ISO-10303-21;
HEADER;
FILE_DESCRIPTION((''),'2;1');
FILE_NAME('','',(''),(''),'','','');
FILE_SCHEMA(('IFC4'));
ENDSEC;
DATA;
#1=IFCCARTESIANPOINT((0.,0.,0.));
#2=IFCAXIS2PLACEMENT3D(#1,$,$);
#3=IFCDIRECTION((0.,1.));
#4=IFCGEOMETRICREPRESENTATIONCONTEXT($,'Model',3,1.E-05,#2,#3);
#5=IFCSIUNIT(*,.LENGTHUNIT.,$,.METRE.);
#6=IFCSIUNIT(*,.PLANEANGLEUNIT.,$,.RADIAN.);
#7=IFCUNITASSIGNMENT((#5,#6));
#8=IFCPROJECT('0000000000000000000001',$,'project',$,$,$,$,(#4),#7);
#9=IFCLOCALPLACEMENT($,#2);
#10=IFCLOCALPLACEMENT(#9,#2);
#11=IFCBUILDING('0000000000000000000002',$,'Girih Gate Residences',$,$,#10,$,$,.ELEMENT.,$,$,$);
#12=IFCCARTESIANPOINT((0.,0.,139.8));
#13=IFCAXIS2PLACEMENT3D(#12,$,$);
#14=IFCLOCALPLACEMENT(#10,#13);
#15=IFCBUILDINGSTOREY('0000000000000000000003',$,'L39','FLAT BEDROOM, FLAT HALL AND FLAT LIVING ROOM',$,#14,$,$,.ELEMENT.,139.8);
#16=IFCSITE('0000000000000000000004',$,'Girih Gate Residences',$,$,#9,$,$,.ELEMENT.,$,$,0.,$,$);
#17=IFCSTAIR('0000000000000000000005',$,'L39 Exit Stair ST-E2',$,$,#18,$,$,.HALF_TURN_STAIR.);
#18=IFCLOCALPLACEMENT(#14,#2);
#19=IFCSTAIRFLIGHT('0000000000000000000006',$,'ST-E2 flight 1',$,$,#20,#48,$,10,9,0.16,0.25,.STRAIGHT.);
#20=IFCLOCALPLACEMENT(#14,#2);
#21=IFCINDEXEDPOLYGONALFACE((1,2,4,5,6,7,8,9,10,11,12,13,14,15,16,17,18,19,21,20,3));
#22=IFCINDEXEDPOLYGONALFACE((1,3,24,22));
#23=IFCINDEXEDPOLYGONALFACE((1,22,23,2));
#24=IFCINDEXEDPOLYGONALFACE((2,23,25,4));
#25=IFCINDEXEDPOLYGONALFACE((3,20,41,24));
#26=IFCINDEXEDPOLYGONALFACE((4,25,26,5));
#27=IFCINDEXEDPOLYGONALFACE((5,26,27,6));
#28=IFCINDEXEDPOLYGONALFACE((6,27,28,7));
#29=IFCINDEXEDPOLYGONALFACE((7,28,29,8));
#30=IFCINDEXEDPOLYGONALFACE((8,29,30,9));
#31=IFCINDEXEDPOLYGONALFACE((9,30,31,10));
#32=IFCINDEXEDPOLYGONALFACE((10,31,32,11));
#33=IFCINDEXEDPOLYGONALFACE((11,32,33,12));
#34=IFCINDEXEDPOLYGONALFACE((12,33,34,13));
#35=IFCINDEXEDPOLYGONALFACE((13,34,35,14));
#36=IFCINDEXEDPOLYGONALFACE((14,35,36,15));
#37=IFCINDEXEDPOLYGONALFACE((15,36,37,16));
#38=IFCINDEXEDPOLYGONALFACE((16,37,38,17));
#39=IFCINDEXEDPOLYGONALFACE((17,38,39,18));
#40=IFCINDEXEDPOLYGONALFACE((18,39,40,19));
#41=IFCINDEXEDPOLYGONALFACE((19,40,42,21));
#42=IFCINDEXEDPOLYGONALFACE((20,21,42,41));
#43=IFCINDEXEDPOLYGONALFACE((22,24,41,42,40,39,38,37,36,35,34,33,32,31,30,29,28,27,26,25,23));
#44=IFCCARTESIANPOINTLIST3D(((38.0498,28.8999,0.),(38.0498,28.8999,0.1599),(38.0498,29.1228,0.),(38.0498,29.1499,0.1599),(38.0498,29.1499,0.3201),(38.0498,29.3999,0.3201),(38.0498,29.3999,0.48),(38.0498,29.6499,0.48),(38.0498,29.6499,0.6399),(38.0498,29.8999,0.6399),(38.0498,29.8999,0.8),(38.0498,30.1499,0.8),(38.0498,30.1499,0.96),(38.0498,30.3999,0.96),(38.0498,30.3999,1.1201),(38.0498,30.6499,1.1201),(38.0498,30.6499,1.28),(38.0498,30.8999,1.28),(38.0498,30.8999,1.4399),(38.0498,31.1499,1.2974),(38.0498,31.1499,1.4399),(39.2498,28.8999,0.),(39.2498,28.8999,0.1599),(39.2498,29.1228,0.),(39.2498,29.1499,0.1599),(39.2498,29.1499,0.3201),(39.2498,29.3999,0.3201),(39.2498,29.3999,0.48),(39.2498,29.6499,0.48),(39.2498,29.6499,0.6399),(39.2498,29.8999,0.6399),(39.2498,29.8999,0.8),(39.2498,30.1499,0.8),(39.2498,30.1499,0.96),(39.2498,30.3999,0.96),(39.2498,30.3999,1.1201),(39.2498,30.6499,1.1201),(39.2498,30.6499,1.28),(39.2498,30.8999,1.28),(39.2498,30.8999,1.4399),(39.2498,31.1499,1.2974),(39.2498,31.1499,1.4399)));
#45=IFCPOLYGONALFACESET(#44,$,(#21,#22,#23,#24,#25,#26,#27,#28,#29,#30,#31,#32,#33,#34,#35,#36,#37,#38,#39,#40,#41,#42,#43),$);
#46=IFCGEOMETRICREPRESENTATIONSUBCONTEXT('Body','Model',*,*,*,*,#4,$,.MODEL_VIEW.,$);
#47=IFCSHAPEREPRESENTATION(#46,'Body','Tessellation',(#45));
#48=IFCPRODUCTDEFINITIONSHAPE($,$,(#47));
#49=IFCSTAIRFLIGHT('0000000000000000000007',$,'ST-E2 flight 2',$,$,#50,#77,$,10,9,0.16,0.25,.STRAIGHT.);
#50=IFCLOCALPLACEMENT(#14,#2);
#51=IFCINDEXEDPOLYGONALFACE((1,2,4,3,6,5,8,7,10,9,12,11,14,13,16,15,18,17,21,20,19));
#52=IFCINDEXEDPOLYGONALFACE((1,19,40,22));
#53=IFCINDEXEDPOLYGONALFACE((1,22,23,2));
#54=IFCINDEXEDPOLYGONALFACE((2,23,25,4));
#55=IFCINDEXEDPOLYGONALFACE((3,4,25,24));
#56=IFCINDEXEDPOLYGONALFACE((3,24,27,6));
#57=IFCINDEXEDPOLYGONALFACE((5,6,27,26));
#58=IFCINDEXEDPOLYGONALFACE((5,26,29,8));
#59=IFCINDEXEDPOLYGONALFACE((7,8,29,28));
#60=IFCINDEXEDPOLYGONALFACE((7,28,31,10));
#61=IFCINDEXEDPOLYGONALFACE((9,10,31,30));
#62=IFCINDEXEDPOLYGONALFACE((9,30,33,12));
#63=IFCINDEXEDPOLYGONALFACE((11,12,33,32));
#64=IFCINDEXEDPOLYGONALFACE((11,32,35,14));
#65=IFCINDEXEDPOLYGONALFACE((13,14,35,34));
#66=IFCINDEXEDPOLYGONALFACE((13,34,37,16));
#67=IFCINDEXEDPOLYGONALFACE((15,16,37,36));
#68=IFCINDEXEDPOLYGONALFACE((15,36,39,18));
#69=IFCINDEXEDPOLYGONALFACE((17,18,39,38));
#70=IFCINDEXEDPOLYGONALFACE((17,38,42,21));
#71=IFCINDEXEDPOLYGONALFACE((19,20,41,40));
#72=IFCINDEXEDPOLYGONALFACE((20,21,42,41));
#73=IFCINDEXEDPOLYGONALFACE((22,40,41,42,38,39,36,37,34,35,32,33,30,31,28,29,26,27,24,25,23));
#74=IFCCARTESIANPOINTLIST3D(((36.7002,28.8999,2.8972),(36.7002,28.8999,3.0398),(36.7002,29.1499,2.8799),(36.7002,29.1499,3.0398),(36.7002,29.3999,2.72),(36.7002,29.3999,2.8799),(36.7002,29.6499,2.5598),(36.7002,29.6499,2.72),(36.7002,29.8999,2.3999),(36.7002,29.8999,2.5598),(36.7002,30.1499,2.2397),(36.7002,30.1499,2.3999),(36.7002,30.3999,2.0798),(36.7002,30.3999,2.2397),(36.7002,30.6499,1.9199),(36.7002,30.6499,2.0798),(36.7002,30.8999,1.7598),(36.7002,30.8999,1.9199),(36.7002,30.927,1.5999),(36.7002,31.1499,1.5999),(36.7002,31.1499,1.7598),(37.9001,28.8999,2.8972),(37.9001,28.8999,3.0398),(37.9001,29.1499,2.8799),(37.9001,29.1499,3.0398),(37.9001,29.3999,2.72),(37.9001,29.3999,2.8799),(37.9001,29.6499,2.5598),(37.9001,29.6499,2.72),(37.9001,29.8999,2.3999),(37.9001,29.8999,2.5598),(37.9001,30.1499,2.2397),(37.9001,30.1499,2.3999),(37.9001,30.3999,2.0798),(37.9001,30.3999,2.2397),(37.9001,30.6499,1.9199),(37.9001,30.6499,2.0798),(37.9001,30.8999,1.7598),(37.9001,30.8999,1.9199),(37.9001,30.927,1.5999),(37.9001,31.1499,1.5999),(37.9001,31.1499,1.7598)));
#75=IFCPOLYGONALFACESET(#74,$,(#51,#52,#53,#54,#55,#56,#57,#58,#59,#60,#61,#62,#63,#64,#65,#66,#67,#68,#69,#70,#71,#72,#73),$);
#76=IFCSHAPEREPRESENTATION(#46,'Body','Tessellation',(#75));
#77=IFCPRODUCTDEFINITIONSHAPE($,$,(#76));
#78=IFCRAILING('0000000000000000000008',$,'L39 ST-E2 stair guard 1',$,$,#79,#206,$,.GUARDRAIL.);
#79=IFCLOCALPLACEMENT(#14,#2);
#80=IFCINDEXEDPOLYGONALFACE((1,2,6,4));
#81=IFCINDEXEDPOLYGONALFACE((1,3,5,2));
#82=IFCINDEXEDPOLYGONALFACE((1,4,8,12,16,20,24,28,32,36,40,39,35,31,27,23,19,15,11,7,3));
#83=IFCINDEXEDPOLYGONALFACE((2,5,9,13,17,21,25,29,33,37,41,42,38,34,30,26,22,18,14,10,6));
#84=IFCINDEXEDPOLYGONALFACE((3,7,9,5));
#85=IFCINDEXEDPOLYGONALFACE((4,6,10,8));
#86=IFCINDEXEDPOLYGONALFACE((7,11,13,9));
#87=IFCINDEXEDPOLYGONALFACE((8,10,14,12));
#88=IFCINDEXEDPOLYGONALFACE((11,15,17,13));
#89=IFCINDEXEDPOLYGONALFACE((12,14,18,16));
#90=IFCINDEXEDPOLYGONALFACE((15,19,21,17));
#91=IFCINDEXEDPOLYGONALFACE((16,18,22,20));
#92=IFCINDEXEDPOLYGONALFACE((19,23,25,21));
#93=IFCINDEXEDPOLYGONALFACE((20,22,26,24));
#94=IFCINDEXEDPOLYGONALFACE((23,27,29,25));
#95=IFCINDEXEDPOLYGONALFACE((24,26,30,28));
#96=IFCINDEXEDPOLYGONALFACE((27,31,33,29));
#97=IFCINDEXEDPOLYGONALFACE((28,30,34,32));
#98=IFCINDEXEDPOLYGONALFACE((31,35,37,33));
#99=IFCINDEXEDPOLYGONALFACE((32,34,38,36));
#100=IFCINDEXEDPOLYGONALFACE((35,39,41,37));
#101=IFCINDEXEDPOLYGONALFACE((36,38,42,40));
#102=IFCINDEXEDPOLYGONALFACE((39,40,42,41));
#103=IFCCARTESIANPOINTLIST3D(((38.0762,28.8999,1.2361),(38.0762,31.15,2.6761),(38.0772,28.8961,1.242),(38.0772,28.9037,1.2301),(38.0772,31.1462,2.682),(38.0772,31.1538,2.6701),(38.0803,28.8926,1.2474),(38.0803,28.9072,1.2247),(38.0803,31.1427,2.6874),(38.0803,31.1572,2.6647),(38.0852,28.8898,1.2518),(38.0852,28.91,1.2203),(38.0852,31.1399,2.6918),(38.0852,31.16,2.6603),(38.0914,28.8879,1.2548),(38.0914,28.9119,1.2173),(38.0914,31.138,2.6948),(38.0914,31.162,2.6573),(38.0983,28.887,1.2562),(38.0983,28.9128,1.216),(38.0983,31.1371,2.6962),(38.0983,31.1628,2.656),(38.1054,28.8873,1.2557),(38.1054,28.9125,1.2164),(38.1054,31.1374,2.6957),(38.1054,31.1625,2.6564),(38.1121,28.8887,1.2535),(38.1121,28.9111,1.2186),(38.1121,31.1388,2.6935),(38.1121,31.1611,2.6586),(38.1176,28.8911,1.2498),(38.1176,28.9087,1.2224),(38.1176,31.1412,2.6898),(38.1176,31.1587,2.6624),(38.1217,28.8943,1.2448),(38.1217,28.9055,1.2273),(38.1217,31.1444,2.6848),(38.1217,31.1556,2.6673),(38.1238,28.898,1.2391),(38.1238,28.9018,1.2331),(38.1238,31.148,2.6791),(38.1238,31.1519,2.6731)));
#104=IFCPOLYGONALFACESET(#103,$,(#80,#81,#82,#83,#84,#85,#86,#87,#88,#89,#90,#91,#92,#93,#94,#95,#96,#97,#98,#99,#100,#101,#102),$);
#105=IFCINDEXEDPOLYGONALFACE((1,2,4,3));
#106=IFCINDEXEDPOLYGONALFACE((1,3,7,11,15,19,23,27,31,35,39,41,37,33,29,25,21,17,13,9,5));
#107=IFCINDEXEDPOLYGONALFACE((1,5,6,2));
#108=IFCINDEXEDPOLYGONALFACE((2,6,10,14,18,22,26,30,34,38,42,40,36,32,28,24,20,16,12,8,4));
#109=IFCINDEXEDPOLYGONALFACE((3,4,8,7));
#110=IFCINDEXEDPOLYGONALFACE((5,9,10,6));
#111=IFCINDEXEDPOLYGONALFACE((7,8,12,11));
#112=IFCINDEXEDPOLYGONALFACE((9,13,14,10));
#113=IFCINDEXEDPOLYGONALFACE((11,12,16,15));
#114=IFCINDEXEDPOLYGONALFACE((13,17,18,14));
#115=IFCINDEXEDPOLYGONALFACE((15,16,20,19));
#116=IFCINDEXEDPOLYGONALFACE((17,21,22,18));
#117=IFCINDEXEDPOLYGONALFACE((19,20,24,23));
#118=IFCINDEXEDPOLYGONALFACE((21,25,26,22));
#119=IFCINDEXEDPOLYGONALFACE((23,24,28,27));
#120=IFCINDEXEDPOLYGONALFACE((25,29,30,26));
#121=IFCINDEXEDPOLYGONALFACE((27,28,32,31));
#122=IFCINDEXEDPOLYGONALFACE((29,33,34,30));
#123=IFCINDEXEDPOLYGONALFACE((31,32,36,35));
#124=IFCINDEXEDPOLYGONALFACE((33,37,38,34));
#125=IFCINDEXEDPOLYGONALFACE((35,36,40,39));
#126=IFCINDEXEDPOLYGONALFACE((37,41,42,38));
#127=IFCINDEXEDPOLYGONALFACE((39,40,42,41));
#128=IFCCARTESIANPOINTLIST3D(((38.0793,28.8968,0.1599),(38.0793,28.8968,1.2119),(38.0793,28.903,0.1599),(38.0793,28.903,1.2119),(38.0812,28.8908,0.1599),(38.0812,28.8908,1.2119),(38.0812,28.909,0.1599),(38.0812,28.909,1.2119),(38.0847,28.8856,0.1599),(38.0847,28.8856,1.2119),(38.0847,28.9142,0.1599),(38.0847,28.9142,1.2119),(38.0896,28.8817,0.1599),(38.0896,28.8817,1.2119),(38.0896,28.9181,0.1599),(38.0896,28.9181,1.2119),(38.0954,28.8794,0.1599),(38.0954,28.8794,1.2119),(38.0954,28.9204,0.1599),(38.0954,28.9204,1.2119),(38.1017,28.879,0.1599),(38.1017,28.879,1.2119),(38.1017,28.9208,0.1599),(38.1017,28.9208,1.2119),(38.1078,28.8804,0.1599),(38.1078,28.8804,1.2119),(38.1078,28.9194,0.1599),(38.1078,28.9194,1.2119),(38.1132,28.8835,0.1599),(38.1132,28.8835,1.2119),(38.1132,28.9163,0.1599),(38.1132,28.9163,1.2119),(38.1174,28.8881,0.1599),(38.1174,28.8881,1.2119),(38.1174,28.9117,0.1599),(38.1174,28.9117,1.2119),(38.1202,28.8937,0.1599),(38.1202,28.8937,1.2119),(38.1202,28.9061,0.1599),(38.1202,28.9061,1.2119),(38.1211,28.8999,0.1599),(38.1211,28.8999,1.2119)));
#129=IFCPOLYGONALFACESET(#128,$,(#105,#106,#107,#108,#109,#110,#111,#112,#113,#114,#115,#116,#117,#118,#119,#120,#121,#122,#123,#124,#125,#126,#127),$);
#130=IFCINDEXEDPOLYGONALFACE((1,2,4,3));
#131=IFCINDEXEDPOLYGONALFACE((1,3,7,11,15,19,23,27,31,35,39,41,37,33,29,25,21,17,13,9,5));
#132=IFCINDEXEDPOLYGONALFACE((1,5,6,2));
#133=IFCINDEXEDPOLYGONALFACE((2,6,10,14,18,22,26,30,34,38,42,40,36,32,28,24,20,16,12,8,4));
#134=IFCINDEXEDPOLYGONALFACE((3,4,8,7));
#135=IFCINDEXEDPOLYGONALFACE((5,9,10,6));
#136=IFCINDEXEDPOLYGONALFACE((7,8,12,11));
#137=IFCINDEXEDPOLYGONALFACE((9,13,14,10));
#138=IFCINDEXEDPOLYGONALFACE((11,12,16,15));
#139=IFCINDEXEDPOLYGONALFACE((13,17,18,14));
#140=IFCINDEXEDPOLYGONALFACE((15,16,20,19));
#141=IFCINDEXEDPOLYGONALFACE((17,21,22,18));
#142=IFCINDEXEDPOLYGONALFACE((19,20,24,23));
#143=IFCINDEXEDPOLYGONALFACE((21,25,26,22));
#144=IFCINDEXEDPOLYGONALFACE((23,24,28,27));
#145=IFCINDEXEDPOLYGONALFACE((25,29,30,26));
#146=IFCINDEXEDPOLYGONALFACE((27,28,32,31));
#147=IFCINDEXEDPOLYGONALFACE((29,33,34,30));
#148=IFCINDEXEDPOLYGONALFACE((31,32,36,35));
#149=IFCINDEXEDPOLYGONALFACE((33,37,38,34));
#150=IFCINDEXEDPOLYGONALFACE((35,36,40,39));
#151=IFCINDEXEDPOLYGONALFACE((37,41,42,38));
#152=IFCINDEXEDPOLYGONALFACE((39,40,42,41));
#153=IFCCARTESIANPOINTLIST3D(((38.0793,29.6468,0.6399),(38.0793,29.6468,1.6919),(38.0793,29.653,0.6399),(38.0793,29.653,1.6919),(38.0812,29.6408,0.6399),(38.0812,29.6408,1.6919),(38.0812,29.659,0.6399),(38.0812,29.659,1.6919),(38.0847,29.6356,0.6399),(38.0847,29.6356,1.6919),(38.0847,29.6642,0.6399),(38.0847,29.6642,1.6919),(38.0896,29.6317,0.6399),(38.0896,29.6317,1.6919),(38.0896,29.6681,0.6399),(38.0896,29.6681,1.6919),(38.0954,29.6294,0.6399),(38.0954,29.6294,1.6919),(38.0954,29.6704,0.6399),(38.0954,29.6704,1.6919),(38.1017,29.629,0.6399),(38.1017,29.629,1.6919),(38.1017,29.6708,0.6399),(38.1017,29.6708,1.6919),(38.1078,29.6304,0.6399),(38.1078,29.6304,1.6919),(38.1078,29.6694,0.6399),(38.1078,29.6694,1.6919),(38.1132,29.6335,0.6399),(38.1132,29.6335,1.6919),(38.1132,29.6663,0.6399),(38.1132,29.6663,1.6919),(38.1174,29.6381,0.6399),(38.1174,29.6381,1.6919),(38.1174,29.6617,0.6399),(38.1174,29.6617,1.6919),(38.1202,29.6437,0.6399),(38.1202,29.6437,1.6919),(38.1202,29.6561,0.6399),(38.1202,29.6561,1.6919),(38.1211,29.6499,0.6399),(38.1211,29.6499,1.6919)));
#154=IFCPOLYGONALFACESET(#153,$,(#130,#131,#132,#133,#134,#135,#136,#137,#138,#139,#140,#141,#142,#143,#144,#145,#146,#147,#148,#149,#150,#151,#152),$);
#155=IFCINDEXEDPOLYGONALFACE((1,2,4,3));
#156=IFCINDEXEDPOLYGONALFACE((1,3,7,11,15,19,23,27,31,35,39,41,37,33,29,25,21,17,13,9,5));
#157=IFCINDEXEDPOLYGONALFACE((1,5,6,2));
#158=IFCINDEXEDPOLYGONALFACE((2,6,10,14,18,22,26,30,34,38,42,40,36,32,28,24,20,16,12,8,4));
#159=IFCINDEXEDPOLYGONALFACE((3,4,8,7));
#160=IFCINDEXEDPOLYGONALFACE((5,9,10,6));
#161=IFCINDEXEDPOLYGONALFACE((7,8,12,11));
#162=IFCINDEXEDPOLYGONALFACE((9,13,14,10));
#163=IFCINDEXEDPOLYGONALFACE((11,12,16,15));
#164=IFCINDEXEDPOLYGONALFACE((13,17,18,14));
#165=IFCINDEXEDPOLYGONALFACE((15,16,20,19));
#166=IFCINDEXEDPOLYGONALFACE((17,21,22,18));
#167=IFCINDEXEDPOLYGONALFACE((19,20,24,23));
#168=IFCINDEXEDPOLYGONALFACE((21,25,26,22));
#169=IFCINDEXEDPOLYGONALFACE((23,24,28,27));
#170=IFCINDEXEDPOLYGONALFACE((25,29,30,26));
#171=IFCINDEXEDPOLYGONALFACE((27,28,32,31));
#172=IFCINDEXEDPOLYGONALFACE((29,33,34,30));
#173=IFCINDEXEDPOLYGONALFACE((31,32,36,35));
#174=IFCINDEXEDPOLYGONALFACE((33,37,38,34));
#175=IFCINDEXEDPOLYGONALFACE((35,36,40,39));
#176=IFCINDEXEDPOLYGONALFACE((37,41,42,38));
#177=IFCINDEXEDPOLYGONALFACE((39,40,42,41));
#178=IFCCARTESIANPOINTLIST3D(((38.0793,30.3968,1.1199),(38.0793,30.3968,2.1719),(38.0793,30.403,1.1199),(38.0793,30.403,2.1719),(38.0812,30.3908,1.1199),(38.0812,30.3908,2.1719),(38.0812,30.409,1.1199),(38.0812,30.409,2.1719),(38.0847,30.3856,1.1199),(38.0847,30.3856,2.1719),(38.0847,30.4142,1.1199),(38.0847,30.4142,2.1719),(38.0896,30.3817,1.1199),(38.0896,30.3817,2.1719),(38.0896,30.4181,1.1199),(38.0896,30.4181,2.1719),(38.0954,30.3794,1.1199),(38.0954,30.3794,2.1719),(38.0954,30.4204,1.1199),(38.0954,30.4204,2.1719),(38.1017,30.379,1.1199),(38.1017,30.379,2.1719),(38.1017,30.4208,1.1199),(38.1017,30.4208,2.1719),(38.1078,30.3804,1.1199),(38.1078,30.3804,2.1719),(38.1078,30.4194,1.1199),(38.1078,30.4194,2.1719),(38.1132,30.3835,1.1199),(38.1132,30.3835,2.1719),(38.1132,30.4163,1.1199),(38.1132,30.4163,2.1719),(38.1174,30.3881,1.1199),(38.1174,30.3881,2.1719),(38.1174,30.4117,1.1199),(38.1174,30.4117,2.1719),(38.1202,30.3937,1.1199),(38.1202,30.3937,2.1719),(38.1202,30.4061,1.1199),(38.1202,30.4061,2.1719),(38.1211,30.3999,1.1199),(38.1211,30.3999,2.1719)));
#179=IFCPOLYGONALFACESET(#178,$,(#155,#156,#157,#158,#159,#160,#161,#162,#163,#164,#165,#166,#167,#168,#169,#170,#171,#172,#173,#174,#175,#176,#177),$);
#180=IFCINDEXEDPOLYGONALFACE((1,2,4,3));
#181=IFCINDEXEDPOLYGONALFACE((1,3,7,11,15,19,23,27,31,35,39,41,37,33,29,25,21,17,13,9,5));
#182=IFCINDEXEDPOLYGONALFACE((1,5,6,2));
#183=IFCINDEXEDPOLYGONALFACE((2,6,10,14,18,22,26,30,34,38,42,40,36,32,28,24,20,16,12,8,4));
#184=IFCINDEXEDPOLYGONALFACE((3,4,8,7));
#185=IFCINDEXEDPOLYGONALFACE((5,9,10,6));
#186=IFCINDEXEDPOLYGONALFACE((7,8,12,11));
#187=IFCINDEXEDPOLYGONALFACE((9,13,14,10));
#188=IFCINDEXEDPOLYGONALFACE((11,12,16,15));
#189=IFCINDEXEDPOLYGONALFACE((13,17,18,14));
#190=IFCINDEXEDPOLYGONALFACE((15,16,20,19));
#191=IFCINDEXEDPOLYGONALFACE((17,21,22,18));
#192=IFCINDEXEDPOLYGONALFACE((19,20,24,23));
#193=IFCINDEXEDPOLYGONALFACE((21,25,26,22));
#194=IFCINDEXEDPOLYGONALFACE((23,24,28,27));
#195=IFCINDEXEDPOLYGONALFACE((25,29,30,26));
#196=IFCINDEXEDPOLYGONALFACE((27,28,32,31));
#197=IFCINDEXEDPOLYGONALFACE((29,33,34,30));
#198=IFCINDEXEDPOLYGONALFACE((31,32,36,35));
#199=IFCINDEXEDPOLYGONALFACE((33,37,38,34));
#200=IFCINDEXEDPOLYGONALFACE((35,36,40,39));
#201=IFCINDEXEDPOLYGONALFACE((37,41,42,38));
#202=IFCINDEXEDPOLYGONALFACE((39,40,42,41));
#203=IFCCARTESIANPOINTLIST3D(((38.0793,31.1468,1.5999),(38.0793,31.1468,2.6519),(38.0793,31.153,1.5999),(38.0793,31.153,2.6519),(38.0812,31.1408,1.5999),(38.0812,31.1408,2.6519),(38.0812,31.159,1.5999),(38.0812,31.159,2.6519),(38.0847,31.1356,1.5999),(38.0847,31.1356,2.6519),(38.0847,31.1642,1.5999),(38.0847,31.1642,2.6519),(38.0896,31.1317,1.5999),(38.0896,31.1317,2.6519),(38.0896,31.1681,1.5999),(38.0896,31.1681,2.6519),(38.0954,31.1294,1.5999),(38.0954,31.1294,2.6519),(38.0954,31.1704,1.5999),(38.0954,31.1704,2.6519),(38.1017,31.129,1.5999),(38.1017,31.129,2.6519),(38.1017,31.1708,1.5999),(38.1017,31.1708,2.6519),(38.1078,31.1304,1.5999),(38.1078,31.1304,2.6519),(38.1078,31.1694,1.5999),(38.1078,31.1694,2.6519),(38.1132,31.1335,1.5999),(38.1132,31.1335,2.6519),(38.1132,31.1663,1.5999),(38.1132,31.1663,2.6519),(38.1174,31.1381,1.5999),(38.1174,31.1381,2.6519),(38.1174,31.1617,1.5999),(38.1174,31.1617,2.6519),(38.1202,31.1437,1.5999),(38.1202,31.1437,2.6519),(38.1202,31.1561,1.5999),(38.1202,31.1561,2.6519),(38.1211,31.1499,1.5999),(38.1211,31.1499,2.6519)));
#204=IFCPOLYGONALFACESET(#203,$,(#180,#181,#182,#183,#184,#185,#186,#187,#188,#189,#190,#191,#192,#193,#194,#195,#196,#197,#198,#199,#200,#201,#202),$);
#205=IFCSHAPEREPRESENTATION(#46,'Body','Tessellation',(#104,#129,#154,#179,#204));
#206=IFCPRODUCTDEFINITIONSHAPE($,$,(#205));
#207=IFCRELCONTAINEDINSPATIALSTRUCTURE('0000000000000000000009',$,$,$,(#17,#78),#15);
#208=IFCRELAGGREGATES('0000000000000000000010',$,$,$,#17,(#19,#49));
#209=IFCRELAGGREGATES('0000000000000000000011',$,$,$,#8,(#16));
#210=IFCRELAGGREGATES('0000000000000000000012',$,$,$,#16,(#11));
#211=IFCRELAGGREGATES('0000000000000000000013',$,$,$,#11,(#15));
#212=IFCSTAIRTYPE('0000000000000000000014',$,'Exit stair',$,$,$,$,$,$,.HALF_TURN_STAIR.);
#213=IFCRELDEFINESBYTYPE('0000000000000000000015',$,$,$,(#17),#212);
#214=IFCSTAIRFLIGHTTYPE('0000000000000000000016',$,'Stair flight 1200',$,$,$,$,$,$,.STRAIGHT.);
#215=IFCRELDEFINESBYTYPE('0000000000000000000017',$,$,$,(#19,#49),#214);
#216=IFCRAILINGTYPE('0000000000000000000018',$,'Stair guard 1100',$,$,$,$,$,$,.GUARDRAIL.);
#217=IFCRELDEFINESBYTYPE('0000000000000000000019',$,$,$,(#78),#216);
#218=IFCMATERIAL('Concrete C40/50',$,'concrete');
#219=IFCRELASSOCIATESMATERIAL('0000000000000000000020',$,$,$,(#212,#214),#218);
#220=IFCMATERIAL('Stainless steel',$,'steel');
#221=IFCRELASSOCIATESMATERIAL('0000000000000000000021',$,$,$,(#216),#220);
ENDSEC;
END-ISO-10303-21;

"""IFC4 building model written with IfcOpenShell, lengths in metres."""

from ifc_helpers import new_model, si_unit, direction, frame, origin, origin_2d, place, context, subcontext, project, spatial, polyline, circle, outline, extrude, material, type_object, element, aggregate, save


model = new_model("IFC4")

# Units and contexts
model_context = context("Model", 3, precision=1e-05, world=origin(), true_north=direction((0.0, 1.0)))
body_context = subcontext(model_context, "Body", "Model", "MODEL_VIEW")
ifc_project = project(units=[si_unit("LENGTHUNIT", "METRE"), si_unit("PLANEANGLEUNIT", "RADIAN")], contexts=[model_context])

# Site, building, storey
site_placement = place(None, origin())
site = spatial("IfcSite", under=ifc_project, at=site_placement, Name="Girih Gate Residences", CompositionType="ELEMENT", RefElevation=0.0)
building_placement = place(site_placement, origin())
building = spatial("IfcBuilding", under=site, at=building_placement, Name="Girih Gate Residences", CompositionType="ELEMENT")
storey_placement = place(building_placement, frame((0.0, 0.0, 139.8)))
storey = spatial("IfcBuildingStorey", under=building, at=storey_placement, Name="L39", Description="FLAT BEDROOM, FLAT HALL AND FLAT LIVING ROOM", CompositionType="ELEMENT", Elevation=139.8)

# Shared definitions
ifc_material_1 = material(Name="Concrete C40/50", Category="concrete")

# Stair, stair flights
stair_type = type_object("IfcStairType", Name="Exit stair", PredefinedType="HALF_TURN_STAIR", material=ifc_material_1)
stair_placement = place(storey_placement, origin())
stair = element("IfcStair", 1, at=stair_placement, inside=storey, type_object=stair_type, Name="L39 Exit Stair ST-E2", PredefinedType="HALF_TURN_STAIR")
stair_flight_type = type_object("IfcStairFlightType", Name="Stair flight 1200", PredefinedType="STRAIGHT", material=ifc_material_1)
stair_flight_1_placement = place(storey_placement, frame((38.6499, 28.8999, 0.0), z_axis=(0.0, 0.0, 1.0), x_axis=(0.0, 1.0, 0.0)))
stair_flight_1 = element("IfcStairFlight", 2, at=stair_flight_1_placement, type_object=stair_flight_type, Name="ST-E2 flight 1", NumberOfRisers=10, NumberOfTreads=9, PredefinedType="STRAIGHT", RiserHeight=0.16, TreadLength=0.25, context=body_context, shape_type="SweptSolid", body=[
    extrude(outline(polyline([(0.0, 0.0), (0.0, 0.1599), (0.25, 0.1599), (0.25, 0.3201), (0.5, 0.3201), (0.5, 0.48), (0.75, 0.48), (0.75, 0.6399), (1.0, 0.6399), (1.0, 0.8), (1.25, 0.8), (1.25, 0.96), (1.5, 0.96), (1.5, 1.1201), (1.75, 1.1201), (1.75, 1.28), (2.0, 1.28), (2.0, 1.4399), (2.25, 1.4399), (2.25, 1.6001), (2.25, 1.2974), (0.2229, 0.0), (0.0, 0.0)])), frame((0.0, 0.6001, 0.0), z_axis=(0.0, -1.0, 0.0), x_axis=(1.0, 0.0, 0.0)), (0.0, 0.0, 1.0), 1.2),
])
stair_flight_2_placement = place(storey_placement, frame((37.3, 31.1499, 1.5999), z_axis=(0.0, 0.0, 1.0), x_axis=(0.0, -1.0, 0.0)))
stair_flight_2 = element("IfcStairFlight", 3, at=stair_flight_2_placement, type_object=stair_flight_type, Name="ST-E2 flight 2", NumberOfRisers=10, NumberOfTreads=9, PredefinedType="STRAIGHT", RiserHeight=0.16, TreadLength=0.25, context=body_context, shape_type="SweptSolid", body=[
    extrude(outline(polyline([(0.0, 0.0), (0.0, 0.1599), (0.25, 0.1599), (0.25, 0.3201), (0.5, 0.3201), (0.5, 0.48), (0.75, 0.48), (0.75, 0.6399), (1.0, 0.6399), (1.0, 0.8), (1.25, 0.8), (1.25, 0.96), (1.5, 0.96), (1.5, 1.1201), (1.75, 1.1201), (1.75, 1.28), (2.0, 1.28), (2.0, 1.4399), (2.25, 1.4399), (2.25, 1.6001), (2.25, 1.2974), (0.2229, 0.0), (0.0, 0.0)])), frame((0.0, 0.6001, 0.0), z_axis=(0.0, -1.0, 0.0), x_axis=(1.0, 0.0, 0.0)), (0.0, 0.0, 1.0), 1.2),
])
aggregate(stair, [stair_flight_1, stair_flight_2])

# Railing
ifc_material_2 = material(Name="Stainless steel", Category="steel")
railing_type_1 = type_object("IfcRailingType", Name="Stair guard 1100", PredefinedType="GUARDRAIL", material=ifc_material_2)
railing_1_placement = place(storey_placement, frame((38.1001, 28.8999, 0.1599)))
element("IfcRailing", 4, at=railing_1_placement, inside=storey, type_object=railing_type_1, Name="L39 ST-E2 stair guard 1", PredefinedType="GUARDRAIL", context=body_context, shape_type="SweptSolid", body=[
    extrude(circle(Radius=0.0239, at=origin_2d()), frame((0.0, 0.0, 1.0762), z_axis=(0.0, 0.842281, 0.539038), x_axis=(-1.0, 0.0, 0.0)), (0.0, 0.0, 1.0), 2.6714),
    extrude(circle(Radius=0.021, at=origin_2d()), origin(), (0.0, 0.0, 1.0), 1.052),
    extrude(circle(Radius=0.021, at=origin_2d()), frame((0.0, 0.75, 0.48)), (0.0, 0.0, 1.0), 1.052),
    extrude(circle(Radius=0.021, at=origin_2d()), frame((0.0, 1.5, 0.96)), (0.0, 0.0, 1.0), 1.052),
    extrude(circle(Radius=0.021, at=origin_2d()), frame((0.0, 2.25, 1.4399)), (0.0, 0.0, 1.0), 1.052),
])

save(model, "model.ifc")
